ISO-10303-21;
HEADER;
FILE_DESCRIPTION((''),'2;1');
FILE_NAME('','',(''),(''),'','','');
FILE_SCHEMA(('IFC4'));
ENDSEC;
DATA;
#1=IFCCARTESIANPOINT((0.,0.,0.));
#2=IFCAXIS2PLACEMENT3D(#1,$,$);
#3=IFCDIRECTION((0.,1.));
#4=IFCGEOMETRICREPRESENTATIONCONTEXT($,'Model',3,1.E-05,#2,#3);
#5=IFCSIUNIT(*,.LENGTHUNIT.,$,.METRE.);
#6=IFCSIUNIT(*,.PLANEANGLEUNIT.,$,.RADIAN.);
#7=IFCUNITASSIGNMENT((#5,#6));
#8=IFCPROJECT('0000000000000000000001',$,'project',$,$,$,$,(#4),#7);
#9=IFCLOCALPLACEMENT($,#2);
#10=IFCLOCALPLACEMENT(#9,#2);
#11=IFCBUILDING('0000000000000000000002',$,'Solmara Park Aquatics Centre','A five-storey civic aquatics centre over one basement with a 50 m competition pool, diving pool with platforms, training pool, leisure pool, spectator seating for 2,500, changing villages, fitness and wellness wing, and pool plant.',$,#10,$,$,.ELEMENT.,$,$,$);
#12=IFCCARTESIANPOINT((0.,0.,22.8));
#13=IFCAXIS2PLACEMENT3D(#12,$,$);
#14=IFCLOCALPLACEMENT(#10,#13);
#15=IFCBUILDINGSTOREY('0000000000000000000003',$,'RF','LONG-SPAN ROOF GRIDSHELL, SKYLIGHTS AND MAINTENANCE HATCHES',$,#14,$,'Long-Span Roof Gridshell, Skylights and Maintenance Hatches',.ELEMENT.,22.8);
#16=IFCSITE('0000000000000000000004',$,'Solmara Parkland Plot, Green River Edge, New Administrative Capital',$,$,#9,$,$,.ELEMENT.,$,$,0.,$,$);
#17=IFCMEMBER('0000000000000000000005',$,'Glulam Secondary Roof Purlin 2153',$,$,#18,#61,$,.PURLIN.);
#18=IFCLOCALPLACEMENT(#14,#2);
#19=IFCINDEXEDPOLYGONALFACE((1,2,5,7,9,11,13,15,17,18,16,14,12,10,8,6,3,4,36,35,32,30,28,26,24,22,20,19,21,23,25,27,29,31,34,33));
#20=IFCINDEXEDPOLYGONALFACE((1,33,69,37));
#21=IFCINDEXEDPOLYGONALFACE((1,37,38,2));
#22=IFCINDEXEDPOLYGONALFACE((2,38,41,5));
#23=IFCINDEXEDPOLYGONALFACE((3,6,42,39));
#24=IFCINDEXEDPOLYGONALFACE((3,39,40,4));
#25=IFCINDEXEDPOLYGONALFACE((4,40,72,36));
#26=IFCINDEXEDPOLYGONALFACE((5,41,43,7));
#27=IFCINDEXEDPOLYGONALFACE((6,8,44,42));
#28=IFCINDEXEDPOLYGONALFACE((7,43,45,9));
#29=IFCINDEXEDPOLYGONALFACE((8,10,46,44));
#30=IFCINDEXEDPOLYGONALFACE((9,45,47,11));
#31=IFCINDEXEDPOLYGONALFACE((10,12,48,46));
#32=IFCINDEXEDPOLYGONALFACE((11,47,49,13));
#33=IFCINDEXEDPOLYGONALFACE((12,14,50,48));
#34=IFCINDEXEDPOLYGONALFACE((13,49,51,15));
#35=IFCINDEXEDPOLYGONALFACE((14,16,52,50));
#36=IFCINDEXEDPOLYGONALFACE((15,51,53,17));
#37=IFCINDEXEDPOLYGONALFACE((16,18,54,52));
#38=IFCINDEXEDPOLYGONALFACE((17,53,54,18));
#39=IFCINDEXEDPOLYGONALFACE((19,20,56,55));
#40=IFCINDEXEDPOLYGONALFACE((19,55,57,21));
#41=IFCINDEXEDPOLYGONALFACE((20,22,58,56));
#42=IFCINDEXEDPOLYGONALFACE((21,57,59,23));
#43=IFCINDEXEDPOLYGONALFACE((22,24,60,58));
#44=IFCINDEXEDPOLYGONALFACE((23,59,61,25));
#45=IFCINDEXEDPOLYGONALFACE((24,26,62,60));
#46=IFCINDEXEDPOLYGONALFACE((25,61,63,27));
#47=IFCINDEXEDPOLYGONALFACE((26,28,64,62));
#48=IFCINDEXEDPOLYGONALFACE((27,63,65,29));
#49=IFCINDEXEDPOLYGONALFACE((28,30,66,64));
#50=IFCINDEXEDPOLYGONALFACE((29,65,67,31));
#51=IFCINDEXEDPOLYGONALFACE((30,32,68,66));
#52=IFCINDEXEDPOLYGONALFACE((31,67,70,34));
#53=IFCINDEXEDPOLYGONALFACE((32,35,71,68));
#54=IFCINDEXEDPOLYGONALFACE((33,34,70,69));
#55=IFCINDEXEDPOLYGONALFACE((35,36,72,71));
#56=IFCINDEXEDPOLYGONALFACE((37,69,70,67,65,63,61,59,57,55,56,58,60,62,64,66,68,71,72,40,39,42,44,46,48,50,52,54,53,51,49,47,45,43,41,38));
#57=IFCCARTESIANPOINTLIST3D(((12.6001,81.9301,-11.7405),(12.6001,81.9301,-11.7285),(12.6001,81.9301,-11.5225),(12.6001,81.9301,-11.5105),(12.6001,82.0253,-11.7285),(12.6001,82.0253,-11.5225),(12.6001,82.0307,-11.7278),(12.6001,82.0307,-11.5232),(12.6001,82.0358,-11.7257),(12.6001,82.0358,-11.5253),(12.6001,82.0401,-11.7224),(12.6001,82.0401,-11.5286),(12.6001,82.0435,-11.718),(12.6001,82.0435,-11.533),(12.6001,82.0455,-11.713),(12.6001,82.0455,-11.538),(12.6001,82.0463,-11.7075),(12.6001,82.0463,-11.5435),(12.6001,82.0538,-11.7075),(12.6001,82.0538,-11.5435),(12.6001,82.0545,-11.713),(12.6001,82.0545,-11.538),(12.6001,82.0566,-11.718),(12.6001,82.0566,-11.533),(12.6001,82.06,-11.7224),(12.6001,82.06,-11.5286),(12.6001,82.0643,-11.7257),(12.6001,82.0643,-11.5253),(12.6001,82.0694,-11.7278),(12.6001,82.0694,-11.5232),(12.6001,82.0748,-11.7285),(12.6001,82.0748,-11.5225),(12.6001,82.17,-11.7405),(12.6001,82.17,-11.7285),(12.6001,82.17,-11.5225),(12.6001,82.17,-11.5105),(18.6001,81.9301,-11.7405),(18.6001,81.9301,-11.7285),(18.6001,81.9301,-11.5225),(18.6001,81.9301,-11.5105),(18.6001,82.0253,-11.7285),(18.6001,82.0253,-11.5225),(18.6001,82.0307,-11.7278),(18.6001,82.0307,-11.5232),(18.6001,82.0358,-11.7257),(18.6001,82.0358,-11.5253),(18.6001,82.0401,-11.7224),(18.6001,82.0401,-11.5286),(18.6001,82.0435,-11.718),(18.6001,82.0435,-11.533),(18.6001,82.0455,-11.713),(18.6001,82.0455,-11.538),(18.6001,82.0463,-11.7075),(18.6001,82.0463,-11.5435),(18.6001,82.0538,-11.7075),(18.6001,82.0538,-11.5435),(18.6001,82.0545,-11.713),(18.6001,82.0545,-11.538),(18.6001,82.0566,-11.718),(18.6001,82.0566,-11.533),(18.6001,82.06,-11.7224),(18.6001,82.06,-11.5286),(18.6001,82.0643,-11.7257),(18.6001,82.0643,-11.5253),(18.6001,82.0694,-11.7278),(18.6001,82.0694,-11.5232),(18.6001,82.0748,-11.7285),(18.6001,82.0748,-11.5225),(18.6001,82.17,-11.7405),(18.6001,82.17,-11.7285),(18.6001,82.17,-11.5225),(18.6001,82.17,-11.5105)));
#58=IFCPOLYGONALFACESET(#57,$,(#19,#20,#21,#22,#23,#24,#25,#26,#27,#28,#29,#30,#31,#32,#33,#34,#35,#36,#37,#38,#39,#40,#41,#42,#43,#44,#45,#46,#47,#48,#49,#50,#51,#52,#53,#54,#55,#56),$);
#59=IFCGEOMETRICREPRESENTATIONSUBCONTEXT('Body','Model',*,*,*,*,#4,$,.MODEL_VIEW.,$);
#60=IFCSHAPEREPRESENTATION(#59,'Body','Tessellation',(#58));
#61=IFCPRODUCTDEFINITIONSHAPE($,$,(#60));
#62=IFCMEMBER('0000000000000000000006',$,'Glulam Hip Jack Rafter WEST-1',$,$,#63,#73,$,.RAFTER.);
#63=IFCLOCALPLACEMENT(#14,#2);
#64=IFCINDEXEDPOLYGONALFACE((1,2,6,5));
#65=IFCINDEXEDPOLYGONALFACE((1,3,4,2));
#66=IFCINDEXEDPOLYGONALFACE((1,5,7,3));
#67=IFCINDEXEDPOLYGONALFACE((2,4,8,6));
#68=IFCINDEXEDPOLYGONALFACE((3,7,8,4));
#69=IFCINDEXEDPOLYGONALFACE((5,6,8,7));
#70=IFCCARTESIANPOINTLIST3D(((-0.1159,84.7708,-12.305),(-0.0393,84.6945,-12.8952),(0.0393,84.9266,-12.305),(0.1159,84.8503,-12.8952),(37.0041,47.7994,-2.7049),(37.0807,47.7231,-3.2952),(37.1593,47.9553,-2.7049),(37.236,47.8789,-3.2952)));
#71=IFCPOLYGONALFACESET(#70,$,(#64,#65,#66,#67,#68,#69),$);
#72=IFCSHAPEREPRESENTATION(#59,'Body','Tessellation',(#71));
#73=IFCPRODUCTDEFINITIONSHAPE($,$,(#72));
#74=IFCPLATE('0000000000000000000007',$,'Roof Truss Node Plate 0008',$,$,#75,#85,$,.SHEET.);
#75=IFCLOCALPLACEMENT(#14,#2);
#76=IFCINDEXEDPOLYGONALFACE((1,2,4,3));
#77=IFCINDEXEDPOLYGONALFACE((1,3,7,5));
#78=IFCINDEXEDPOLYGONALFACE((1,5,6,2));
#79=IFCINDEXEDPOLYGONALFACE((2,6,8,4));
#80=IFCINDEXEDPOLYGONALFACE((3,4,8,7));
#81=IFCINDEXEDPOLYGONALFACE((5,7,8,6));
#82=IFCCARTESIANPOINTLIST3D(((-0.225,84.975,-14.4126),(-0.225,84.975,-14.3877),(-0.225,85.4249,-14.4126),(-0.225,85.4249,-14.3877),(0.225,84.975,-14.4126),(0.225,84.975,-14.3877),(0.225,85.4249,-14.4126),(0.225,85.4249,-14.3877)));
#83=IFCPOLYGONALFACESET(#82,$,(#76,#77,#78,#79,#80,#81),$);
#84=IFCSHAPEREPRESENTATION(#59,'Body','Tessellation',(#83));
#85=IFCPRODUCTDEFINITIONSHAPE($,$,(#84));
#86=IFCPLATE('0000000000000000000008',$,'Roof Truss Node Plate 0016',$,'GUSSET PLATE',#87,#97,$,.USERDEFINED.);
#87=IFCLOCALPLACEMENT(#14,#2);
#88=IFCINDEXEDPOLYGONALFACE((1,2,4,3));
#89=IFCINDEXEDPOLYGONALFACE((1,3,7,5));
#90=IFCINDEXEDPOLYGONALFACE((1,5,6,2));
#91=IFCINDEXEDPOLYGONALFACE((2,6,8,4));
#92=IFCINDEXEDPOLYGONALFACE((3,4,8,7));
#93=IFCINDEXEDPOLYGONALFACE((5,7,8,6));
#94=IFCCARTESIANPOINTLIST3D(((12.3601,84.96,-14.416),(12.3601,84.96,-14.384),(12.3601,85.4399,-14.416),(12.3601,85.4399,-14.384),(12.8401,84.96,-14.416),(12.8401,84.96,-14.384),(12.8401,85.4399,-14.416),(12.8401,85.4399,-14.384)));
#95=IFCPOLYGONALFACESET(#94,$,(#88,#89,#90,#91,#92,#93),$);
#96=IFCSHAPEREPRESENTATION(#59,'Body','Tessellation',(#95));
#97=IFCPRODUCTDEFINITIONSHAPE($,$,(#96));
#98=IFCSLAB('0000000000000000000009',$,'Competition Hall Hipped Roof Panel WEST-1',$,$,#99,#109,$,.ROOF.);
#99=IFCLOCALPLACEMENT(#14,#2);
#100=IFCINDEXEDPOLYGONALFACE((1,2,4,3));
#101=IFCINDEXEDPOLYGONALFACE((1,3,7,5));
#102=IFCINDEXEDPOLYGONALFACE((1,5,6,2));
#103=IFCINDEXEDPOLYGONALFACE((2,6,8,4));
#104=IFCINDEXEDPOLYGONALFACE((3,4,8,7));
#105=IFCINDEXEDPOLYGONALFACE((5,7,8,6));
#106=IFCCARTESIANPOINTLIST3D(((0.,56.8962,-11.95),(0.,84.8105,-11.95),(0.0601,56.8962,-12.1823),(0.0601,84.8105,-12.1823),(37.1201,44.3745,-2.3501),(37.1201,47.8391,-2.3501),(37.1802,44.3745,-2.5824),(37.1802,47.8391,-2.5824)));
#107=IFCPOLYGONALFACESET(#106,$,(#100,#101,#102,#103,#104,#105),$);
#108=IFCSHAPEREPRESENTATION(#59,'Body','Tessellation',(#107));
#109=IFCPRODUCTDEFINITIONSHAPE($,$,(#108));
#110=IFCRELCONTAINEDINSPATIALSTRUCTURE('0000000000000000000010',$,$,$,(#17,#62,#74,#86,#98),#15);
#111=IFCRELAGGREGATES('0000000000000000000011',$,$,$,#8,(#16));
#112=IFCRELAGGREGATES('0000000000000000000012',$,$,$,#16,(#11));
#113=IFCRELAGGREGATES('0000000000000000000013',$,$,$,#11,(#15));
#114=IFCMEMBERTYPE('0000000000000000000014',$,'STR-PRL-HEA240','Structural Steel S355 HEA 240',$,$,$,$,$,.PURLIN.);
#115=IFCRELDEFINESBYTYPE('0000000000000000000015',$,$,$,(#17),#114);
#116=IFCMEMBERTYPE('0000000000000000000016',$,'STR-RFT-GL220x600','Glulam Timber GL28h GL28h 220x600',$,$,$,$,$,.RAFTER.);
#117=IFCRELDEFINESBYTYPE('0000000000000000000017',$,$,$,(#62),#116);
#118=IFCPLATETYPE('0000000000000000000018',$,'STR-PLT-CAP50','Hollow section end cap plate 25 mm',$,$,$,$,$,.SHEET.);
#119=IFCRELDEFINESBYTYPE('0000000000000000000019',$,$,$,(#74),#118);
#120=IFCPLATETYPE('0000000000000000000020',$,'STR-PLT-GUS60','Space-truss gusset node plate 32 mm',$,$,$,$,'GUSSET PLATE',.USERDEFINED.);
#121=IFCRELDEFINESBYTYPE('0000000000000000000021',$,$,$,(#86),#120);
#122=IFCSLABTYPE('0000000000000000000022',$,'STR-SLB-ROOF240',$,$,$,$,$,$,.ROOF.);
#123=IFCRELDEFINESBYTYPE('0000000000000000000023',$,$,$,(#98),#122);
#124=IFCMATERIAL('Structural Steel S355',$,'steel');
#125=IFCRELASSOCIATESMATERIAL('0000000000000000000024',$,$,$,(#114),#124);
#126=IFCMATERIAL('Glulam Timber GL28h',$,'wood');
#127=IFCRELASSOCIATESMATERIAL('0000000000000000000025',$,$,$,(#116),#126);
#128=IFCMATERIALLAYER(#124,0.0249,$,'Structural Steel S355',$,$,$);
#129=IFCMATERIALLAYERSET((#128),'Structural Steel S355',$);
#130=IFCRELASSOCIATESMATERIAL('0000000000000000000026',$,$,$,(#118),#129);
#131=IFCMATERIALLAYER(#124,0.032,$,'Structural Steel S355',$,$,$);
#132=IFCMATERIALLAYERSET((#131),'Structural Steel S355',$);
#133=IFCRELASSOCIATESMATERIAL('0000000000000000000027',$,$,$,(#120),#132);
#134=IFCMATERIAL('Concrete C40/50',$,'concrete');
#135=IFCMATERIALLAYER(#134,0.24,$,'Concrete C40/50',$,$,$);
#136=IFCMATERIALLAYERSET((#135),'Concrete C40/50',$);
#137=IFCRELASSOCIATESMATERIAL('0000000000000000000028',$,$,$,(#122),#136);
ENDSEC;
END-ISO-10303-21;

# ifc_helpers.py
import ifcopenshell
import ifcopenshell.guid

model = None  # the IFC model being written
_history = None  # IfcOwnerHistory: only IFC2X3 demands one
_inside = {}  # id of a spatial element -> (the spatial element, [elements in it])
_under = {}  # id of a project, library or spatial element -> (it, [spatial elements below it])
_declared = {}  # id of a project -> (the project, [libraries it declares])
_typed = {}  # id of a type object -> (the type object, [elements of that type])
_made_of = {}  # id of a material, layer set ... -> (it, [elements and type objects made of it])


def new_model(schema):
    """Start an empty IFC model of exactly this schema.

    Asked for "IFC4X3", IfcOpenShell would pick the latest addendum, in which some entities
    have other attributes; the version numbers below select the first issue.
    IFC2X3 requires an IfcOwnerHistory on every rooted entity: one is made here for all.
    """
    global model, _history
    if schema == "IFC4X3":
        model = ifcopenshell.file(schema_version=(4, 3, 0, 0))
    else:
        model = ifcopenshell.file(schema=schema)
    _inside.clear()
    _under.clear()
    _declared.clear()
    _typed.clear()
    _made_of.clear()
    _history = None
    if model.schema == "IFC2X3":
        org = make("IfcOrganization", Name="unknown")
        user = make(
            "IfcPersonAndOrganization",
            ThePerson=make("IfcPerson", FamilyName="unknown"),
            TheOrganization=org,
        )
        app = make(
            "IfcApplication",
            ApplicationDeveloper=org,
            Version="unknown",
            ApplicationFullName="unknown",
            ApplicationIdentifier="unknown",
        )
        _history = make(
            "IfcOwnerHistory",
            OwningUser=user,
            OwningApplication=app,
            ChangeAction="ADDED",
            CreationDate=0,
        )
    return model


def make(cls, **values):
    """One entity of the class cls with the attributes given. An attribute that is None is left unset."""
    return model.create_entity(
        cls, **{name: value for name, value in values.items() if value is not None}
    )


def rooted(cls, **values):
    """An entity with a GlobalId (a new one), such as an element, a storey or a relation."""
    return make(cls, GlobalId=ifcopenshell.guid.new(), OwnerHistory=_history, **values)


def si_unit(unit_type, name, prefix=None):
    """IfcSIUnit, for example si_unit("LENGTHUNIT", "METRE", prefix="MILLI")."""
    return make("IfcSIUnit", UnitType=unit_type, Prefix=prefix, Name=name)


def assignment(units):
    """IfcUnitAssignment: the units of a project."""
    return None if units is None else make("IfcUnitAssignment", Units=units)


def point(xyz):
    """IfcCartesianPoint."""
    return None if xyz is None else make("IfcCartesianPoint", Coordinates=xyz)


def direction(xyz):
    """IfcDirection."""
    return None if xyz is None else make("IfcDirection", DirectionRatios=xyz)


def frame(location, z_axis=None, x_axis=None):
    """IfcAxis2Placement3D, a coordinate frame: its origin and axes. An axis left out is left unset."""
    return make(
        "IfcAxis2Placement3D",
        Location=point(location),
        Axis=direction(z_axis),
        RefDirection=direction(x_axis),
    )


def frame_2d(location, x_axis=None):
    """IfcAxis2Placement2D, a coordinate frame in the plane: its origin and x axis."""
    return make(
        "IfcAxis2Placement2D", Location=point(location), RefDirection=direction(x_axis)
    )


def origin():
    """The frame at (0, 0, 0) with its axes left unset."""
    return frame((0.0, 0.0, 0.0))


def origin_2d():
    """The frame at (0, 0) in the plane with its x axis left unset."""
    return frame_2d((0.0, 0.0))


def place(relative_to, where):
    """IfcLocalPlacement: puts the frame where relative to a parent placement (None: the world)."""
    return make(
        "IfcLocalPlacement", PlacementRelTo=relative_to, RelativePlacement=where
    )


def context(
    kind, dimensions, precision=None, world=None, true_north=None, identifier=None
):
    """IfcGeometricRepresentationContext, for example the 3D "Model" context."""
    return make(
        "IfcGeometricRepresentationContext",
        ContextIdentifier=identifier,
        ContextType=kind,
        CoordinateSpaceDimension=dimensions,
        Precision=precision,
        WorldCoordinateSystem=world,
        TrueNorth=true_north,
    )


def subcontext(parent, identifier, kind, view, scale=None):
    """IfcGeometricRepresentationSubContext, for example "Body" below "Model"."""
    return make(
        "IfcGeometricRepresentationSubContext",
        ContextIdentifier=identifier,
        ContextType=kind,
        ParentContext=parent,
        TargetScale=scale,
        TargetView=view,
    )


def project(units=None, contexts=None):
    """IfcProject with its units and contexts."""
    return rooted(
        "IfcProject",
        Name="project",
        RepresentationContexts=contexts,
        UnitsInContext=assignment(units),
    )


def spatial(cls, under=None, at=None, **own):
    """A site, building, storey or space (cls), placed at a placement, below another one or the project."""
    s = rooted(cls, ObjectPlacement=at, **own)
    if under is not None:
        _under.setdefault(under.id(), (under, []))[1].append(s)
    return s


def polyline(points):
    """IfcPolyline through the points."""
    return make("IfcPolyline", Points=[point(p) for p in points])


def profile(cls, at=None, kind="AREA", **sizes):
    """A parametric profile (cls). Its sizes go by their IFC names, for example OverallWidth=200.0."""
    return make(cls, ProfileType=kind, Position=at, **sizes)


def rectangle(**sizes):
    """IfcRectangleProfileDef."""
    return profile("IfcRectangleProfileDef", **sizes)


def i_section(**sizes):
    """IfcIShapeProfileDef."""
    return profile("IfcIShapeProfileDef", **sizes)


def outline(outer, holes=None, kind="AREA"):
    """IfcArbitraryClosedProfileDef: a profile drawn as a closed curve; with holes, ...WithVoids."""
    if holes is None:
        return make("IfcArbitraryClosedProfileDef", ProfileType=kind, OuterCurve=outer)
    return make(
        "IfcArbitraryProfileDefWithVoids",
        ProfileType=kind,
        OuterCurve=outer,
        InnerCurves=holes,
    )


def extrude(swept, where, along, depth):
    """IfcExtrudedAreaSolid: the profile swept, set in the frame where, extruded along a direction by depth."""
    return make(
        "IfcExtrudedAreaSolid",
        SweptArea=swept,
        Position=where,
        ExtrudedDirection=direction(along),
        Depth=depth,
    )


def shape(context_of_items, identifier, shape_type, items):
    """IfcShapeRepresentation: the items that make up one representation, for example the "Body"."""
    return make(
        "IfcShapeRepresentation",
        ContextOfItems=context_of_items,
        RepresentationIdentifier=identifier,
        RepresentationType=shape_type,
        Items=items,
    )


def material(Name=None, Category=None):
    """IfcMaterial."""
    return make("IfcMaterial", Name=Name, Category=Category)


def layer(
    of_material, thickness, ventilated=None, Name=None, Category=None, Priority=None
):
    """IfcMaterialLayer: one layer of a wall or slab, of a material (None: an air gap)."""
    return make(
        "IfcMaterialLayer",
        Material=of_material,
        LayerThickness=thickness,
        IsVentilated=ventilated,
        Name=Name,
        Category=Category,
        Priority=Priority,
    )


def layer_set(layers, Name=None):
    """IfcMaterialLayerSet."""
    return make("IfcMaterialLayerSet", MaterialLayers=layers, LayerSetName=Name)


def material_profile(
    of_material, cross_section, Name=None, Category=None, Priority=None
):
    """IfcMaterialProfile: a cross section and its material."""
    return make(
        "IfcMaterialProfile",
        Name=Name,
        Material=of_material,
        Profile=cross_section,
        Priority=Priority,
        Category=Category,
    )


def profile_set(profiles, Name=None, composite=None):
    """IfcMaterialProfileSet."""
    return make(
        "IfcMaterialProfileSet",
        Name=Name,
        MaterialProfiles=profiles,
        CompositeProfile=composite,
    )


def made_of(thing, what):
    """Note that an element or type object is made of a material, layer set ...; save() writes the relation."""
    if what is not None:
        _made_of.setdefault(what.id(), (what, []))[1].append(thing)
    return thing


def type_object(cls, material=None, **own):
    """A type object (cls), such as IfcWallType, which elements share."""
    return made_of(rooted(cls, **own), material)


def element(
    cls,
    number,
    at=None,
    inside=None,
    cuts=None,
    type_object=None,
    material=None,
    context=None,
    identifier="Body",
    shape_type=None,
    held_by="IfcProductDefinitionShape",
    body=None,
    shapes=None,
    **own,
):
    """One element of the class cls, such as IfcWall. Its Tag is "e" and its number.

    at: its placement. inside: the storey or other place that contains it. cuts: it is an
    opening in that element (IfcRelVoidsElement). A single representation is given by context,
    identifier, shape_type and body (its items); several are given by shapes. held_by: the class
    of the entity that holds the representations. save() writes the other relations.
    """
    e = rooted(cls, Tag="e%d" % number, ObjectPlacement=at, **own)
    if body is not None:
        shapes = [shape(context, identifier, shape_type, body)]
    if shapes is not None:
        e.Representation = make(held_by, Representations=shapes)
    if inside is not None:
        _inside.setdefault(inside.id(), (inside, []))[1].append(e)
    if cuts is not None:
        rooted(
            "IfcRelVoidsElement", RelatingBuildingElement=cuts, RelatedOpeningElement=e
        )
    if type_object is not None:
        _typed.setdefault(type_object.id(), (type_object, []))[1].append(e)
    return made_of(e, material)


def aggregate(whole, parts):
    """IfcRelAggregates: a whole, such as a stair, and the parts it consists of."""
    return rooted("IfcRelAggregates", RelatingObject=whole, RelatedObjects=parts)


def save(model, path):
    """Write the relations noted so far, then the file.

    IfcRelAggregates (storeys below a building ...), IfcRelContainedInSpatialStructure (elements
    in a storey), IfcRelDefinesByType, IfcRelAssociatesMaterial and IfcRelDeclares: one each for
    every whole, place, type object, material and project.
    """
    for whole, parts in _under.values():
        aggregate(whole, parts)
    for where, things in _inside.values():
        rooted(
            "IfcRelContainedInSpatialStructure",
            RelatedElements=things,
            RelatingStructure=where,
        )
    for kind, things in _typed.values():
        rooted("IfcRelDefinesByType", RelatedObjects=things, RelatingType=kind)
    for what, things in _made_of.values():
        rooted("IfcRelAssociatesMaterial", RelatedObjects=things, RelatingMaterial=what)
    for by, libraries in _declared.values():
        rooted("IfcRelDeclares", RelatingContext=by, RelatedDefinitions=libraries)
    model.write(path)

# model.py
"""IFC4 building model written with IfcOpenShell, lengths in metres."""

from ifc_helpers import new_model, si_unit, direction, frame, origin, origin_2d, place, context, subcontext, project, spatial, polyline, rectangle, i_section, outline, extrude, material, layer, layer_set, material_profile, profile_set, type_object, element, save


model = new_model("IFC4")

# Units and contexts
model_context = context("Model", 3, precision=1e-05, world=origin(), true_north=direction((0.0, 1.0)))
body_context = subcontext(model_context, "Body", "Model", "MODEL_VIEW")
ifc_project = project(units=[si_unit("LENGTHUNIT", "METRE"), si_unit("PLANEANGLEUNIT", "RADIAN")], contexts=[model_context])

# Site, building, storey
site_placement = place(None, origin())
site = spatial("IfcSite", under=ifc_project, at=site_placement, Name="Solmara Parkland Plot, Green River Edge, New Administrative Capital", CompositionType="ELEMENT", RefElevation=0.0)
building_placement = place(site_placement, origin())
building = spatial("IfcBuilding", under=site, at=building_placement, Name="Solmara Park Aquatics Centre", Description="A five-storey civic aquatics centre over one basement with a 50 m competition pool, diving pool with platforms, training pool, leisure pool, spectator seating for 2,500, changing villages, fitness and wellness wing, and pool plant.", CompositionType="ELEMENT")
storey_placement = place(building_placement, frame((0.0, 0.0, 22.8)))
storey = spatial("IfcBuildingStorey", under=building, at=storey_placement, Name="RF", Description="LONG-SPAN ROOF GRIDSHELL, SKYLIGHTS AND MAINTENANCE HATCHES", LongName="Long-Span Roof Gridshell, Skylights and Maintenance Hatches", CompositionType="ELEMENT", Elevation=22.8)

# Shared definitions
ifc_material_1 = material(Name="Structural Steel S355", Category="steel")

# Members
ifc_material_2 = material(Name="Glulam Timber GL28h", Category="wood")
ifc_material_profile_1 = material_profile(ifc_material_1, i_section(OverallWidth=0.24, OverallDepth=0.23, WebThickness=0.0076, FlangeThickness=0.012, FilletRadius=0.021, at=origin_2d()), Name="HEA 240")
ifc_profile_set_1 = profile_set([ifc_material_profile_1], Name="Structural Steel S355")
member_type_1 = type_object("IfcMemberType", Name="STR-PRL-HEA240", Description="Structural Steel S355 HEA 240", PredefinedType="PURLIN", material=ifc_profile_set_1)
member_1_placement = place(storey_placement, frame((12.6001, 82.05, -11.6255), z_axis=(1.0, 0.0, 0.0), x_axis=(0.0, 1.0, 0.0)))
element("IfcMember", 1, at=member_1_placement, inside=storey, type_object=member_type_1, Name="Glulam Secondary Roof Purlin 2153", PredefinedType="PURLIN", context=body_context, shape_type="SweptSolid", body=[
    extrude(i_section(OverallWidth=0.24, OverallDepth=0.23, WebThickness=0.0076, FlangeThickness=0.012, FilletRadius=0.021, at=origin_2d()), origin(), (0.0, 0.0, 1.0), 6.0),
])
ifc_material_profile_2 = material_profile(ifc_material_2, rectangle(XDim=0.22, YDim=0.6001, at=origin_2d()), Name="GL28h 220x600")
ifc_profile_set_2 = profile_set([ifc_material_profile_2], Name="Glulam Timber GL28h")
member_type_2 = type_object("IfcMemberType", Name="STR-RFT-GL220x600", Description="Glulam Timber GL28h GL28h 220x600", PredefinedType="RAFTER", material=ifc_profile_set_2)
member_2_placement = place(storey_placement, frame((0.0, 84.8105, -12.6001), z_axis=(0.696921, -0.694129, 0.180239), x_axis=(0.705686, 0.708524, 0.0)))
element("IfcMember", 2, at=member_2_placement, inside=storey, type_object=member_type_2, Name="Glulam Hip Jack Rafter WEST-1", PredefinedType="RAFTER", context=body_context, shape_type="SweptSolid", body=[
    extrude(rectangle(XDim=0.22, YDim=0.6001, at=origin_2d()), origin(), (0.0, 0.0, 1.0), 53.2629),
])

# Plates
ifc_layer_1 = layer(ifc_material_1, 0.0249, Name="Structural Steel S355")
ifc_layer_set_1 = layer_set([ifc_layer_1], Name="Structural Steel S355")
plate_type_1 = type_object("IfcPlateType", Name="STR-PLT-CAP50", Description="Hollow section end cap plate 25 mm", PredefinedType="SHEET", material=ifc_layer_set_1)
plate_1_placement = place(storey_placement, frame((0.0, 85.2, -14.4126), z_axis=(0.0, 0.0, 1.0), x_axis=(1.0, 0.0, 0.0)))
element("IfcPlate", 3, at=plate_1_placement, inside=storey, type_object=plate_type_1, Name="Roof Truss Node Plate 0008", PredefinedType="SHEET", context=body_context, shape_type="SweptSolid", body=[
    extrude(rectangle(XDim=0.45, YDim=0.45, at=origin_2d()), origin(), (0.0, 0.0, 1.0), 0.0249),
])
ifc_layer_2 = layer(ifc_material_1, 0.032, Name="Structural Steel S355")
ifc_layer_set_2 = layer_set([ifc_layer_2], Name="Structural Steel S355")
plate_type_2 = type_object("IfcPlateType", Name="STR-PLT-GUS60", Description="Space-truss gusset node plate 32 mm", ElementType="GUSSET PLATE", PredefinedType="USERDEFINED", material=ifc_layer_set_2)
plate_2_placement = place(storey_placement, frame((12.6001, 85.2, -14.416), z_axis=(0.0, 0.0, 1.0), x_axis=(1.0, 0.0, 0.0)))
element("IfcPlate", 4, at=plate_2_placement, inside=storey, type_object=plate_type_2, Name="Roof Truss Node Plate 0016", ObjectType="GUSSET PLATE", PredefinedType="USERDEFINED", context=body_context, shape_type="SweptSolid", body=[
    extrude(rectangle(XDim=0.48, YDim=0.48, at=origin_2d()), origin(), (0.0, 0.0, 1.0), 0.032),
])

# Slab
ifc_material_3 = material(Name="Concrete C40/50", Category="concrete")
ifc_layer_3 = layer(ifc_material_3, 0.24, Name="Concrete C40/50")
ifc_layer_set_3 = layer_set([ifc_layer_3], Name="Concrete C40/50")
slab_type = type_object("IfcSlabType", Name="STR-SLB-ROOF240", PredefinedType="ROOF", material=ifc_layer_set_3)
slab_placement = place(storey_placement, frame((0.0, 84.8105, -11.95), z_axis=(-0.250379, 0.0, 0.968148), x_axis=(0.0, -1.0, 0.0)))
element("IfcSlab", 5, at=slab_placement, inside=storey, type_object=slab_type, Name="Competition Hall Hipped Roof Panel WEST-1", PredefinedType="ROOF", context=body_context, shape_type="SweptSolid", body=[
    extrude(outline(polyline([(0.0, 0.0), (27.9143, 0.0), (40.436, 38.3414), (36.9714, 38.3414), (0.0, 0.0)])), origin(), (0.0, 0.0, -1.0), 0.24),
])

save(model, "model.ifc")
